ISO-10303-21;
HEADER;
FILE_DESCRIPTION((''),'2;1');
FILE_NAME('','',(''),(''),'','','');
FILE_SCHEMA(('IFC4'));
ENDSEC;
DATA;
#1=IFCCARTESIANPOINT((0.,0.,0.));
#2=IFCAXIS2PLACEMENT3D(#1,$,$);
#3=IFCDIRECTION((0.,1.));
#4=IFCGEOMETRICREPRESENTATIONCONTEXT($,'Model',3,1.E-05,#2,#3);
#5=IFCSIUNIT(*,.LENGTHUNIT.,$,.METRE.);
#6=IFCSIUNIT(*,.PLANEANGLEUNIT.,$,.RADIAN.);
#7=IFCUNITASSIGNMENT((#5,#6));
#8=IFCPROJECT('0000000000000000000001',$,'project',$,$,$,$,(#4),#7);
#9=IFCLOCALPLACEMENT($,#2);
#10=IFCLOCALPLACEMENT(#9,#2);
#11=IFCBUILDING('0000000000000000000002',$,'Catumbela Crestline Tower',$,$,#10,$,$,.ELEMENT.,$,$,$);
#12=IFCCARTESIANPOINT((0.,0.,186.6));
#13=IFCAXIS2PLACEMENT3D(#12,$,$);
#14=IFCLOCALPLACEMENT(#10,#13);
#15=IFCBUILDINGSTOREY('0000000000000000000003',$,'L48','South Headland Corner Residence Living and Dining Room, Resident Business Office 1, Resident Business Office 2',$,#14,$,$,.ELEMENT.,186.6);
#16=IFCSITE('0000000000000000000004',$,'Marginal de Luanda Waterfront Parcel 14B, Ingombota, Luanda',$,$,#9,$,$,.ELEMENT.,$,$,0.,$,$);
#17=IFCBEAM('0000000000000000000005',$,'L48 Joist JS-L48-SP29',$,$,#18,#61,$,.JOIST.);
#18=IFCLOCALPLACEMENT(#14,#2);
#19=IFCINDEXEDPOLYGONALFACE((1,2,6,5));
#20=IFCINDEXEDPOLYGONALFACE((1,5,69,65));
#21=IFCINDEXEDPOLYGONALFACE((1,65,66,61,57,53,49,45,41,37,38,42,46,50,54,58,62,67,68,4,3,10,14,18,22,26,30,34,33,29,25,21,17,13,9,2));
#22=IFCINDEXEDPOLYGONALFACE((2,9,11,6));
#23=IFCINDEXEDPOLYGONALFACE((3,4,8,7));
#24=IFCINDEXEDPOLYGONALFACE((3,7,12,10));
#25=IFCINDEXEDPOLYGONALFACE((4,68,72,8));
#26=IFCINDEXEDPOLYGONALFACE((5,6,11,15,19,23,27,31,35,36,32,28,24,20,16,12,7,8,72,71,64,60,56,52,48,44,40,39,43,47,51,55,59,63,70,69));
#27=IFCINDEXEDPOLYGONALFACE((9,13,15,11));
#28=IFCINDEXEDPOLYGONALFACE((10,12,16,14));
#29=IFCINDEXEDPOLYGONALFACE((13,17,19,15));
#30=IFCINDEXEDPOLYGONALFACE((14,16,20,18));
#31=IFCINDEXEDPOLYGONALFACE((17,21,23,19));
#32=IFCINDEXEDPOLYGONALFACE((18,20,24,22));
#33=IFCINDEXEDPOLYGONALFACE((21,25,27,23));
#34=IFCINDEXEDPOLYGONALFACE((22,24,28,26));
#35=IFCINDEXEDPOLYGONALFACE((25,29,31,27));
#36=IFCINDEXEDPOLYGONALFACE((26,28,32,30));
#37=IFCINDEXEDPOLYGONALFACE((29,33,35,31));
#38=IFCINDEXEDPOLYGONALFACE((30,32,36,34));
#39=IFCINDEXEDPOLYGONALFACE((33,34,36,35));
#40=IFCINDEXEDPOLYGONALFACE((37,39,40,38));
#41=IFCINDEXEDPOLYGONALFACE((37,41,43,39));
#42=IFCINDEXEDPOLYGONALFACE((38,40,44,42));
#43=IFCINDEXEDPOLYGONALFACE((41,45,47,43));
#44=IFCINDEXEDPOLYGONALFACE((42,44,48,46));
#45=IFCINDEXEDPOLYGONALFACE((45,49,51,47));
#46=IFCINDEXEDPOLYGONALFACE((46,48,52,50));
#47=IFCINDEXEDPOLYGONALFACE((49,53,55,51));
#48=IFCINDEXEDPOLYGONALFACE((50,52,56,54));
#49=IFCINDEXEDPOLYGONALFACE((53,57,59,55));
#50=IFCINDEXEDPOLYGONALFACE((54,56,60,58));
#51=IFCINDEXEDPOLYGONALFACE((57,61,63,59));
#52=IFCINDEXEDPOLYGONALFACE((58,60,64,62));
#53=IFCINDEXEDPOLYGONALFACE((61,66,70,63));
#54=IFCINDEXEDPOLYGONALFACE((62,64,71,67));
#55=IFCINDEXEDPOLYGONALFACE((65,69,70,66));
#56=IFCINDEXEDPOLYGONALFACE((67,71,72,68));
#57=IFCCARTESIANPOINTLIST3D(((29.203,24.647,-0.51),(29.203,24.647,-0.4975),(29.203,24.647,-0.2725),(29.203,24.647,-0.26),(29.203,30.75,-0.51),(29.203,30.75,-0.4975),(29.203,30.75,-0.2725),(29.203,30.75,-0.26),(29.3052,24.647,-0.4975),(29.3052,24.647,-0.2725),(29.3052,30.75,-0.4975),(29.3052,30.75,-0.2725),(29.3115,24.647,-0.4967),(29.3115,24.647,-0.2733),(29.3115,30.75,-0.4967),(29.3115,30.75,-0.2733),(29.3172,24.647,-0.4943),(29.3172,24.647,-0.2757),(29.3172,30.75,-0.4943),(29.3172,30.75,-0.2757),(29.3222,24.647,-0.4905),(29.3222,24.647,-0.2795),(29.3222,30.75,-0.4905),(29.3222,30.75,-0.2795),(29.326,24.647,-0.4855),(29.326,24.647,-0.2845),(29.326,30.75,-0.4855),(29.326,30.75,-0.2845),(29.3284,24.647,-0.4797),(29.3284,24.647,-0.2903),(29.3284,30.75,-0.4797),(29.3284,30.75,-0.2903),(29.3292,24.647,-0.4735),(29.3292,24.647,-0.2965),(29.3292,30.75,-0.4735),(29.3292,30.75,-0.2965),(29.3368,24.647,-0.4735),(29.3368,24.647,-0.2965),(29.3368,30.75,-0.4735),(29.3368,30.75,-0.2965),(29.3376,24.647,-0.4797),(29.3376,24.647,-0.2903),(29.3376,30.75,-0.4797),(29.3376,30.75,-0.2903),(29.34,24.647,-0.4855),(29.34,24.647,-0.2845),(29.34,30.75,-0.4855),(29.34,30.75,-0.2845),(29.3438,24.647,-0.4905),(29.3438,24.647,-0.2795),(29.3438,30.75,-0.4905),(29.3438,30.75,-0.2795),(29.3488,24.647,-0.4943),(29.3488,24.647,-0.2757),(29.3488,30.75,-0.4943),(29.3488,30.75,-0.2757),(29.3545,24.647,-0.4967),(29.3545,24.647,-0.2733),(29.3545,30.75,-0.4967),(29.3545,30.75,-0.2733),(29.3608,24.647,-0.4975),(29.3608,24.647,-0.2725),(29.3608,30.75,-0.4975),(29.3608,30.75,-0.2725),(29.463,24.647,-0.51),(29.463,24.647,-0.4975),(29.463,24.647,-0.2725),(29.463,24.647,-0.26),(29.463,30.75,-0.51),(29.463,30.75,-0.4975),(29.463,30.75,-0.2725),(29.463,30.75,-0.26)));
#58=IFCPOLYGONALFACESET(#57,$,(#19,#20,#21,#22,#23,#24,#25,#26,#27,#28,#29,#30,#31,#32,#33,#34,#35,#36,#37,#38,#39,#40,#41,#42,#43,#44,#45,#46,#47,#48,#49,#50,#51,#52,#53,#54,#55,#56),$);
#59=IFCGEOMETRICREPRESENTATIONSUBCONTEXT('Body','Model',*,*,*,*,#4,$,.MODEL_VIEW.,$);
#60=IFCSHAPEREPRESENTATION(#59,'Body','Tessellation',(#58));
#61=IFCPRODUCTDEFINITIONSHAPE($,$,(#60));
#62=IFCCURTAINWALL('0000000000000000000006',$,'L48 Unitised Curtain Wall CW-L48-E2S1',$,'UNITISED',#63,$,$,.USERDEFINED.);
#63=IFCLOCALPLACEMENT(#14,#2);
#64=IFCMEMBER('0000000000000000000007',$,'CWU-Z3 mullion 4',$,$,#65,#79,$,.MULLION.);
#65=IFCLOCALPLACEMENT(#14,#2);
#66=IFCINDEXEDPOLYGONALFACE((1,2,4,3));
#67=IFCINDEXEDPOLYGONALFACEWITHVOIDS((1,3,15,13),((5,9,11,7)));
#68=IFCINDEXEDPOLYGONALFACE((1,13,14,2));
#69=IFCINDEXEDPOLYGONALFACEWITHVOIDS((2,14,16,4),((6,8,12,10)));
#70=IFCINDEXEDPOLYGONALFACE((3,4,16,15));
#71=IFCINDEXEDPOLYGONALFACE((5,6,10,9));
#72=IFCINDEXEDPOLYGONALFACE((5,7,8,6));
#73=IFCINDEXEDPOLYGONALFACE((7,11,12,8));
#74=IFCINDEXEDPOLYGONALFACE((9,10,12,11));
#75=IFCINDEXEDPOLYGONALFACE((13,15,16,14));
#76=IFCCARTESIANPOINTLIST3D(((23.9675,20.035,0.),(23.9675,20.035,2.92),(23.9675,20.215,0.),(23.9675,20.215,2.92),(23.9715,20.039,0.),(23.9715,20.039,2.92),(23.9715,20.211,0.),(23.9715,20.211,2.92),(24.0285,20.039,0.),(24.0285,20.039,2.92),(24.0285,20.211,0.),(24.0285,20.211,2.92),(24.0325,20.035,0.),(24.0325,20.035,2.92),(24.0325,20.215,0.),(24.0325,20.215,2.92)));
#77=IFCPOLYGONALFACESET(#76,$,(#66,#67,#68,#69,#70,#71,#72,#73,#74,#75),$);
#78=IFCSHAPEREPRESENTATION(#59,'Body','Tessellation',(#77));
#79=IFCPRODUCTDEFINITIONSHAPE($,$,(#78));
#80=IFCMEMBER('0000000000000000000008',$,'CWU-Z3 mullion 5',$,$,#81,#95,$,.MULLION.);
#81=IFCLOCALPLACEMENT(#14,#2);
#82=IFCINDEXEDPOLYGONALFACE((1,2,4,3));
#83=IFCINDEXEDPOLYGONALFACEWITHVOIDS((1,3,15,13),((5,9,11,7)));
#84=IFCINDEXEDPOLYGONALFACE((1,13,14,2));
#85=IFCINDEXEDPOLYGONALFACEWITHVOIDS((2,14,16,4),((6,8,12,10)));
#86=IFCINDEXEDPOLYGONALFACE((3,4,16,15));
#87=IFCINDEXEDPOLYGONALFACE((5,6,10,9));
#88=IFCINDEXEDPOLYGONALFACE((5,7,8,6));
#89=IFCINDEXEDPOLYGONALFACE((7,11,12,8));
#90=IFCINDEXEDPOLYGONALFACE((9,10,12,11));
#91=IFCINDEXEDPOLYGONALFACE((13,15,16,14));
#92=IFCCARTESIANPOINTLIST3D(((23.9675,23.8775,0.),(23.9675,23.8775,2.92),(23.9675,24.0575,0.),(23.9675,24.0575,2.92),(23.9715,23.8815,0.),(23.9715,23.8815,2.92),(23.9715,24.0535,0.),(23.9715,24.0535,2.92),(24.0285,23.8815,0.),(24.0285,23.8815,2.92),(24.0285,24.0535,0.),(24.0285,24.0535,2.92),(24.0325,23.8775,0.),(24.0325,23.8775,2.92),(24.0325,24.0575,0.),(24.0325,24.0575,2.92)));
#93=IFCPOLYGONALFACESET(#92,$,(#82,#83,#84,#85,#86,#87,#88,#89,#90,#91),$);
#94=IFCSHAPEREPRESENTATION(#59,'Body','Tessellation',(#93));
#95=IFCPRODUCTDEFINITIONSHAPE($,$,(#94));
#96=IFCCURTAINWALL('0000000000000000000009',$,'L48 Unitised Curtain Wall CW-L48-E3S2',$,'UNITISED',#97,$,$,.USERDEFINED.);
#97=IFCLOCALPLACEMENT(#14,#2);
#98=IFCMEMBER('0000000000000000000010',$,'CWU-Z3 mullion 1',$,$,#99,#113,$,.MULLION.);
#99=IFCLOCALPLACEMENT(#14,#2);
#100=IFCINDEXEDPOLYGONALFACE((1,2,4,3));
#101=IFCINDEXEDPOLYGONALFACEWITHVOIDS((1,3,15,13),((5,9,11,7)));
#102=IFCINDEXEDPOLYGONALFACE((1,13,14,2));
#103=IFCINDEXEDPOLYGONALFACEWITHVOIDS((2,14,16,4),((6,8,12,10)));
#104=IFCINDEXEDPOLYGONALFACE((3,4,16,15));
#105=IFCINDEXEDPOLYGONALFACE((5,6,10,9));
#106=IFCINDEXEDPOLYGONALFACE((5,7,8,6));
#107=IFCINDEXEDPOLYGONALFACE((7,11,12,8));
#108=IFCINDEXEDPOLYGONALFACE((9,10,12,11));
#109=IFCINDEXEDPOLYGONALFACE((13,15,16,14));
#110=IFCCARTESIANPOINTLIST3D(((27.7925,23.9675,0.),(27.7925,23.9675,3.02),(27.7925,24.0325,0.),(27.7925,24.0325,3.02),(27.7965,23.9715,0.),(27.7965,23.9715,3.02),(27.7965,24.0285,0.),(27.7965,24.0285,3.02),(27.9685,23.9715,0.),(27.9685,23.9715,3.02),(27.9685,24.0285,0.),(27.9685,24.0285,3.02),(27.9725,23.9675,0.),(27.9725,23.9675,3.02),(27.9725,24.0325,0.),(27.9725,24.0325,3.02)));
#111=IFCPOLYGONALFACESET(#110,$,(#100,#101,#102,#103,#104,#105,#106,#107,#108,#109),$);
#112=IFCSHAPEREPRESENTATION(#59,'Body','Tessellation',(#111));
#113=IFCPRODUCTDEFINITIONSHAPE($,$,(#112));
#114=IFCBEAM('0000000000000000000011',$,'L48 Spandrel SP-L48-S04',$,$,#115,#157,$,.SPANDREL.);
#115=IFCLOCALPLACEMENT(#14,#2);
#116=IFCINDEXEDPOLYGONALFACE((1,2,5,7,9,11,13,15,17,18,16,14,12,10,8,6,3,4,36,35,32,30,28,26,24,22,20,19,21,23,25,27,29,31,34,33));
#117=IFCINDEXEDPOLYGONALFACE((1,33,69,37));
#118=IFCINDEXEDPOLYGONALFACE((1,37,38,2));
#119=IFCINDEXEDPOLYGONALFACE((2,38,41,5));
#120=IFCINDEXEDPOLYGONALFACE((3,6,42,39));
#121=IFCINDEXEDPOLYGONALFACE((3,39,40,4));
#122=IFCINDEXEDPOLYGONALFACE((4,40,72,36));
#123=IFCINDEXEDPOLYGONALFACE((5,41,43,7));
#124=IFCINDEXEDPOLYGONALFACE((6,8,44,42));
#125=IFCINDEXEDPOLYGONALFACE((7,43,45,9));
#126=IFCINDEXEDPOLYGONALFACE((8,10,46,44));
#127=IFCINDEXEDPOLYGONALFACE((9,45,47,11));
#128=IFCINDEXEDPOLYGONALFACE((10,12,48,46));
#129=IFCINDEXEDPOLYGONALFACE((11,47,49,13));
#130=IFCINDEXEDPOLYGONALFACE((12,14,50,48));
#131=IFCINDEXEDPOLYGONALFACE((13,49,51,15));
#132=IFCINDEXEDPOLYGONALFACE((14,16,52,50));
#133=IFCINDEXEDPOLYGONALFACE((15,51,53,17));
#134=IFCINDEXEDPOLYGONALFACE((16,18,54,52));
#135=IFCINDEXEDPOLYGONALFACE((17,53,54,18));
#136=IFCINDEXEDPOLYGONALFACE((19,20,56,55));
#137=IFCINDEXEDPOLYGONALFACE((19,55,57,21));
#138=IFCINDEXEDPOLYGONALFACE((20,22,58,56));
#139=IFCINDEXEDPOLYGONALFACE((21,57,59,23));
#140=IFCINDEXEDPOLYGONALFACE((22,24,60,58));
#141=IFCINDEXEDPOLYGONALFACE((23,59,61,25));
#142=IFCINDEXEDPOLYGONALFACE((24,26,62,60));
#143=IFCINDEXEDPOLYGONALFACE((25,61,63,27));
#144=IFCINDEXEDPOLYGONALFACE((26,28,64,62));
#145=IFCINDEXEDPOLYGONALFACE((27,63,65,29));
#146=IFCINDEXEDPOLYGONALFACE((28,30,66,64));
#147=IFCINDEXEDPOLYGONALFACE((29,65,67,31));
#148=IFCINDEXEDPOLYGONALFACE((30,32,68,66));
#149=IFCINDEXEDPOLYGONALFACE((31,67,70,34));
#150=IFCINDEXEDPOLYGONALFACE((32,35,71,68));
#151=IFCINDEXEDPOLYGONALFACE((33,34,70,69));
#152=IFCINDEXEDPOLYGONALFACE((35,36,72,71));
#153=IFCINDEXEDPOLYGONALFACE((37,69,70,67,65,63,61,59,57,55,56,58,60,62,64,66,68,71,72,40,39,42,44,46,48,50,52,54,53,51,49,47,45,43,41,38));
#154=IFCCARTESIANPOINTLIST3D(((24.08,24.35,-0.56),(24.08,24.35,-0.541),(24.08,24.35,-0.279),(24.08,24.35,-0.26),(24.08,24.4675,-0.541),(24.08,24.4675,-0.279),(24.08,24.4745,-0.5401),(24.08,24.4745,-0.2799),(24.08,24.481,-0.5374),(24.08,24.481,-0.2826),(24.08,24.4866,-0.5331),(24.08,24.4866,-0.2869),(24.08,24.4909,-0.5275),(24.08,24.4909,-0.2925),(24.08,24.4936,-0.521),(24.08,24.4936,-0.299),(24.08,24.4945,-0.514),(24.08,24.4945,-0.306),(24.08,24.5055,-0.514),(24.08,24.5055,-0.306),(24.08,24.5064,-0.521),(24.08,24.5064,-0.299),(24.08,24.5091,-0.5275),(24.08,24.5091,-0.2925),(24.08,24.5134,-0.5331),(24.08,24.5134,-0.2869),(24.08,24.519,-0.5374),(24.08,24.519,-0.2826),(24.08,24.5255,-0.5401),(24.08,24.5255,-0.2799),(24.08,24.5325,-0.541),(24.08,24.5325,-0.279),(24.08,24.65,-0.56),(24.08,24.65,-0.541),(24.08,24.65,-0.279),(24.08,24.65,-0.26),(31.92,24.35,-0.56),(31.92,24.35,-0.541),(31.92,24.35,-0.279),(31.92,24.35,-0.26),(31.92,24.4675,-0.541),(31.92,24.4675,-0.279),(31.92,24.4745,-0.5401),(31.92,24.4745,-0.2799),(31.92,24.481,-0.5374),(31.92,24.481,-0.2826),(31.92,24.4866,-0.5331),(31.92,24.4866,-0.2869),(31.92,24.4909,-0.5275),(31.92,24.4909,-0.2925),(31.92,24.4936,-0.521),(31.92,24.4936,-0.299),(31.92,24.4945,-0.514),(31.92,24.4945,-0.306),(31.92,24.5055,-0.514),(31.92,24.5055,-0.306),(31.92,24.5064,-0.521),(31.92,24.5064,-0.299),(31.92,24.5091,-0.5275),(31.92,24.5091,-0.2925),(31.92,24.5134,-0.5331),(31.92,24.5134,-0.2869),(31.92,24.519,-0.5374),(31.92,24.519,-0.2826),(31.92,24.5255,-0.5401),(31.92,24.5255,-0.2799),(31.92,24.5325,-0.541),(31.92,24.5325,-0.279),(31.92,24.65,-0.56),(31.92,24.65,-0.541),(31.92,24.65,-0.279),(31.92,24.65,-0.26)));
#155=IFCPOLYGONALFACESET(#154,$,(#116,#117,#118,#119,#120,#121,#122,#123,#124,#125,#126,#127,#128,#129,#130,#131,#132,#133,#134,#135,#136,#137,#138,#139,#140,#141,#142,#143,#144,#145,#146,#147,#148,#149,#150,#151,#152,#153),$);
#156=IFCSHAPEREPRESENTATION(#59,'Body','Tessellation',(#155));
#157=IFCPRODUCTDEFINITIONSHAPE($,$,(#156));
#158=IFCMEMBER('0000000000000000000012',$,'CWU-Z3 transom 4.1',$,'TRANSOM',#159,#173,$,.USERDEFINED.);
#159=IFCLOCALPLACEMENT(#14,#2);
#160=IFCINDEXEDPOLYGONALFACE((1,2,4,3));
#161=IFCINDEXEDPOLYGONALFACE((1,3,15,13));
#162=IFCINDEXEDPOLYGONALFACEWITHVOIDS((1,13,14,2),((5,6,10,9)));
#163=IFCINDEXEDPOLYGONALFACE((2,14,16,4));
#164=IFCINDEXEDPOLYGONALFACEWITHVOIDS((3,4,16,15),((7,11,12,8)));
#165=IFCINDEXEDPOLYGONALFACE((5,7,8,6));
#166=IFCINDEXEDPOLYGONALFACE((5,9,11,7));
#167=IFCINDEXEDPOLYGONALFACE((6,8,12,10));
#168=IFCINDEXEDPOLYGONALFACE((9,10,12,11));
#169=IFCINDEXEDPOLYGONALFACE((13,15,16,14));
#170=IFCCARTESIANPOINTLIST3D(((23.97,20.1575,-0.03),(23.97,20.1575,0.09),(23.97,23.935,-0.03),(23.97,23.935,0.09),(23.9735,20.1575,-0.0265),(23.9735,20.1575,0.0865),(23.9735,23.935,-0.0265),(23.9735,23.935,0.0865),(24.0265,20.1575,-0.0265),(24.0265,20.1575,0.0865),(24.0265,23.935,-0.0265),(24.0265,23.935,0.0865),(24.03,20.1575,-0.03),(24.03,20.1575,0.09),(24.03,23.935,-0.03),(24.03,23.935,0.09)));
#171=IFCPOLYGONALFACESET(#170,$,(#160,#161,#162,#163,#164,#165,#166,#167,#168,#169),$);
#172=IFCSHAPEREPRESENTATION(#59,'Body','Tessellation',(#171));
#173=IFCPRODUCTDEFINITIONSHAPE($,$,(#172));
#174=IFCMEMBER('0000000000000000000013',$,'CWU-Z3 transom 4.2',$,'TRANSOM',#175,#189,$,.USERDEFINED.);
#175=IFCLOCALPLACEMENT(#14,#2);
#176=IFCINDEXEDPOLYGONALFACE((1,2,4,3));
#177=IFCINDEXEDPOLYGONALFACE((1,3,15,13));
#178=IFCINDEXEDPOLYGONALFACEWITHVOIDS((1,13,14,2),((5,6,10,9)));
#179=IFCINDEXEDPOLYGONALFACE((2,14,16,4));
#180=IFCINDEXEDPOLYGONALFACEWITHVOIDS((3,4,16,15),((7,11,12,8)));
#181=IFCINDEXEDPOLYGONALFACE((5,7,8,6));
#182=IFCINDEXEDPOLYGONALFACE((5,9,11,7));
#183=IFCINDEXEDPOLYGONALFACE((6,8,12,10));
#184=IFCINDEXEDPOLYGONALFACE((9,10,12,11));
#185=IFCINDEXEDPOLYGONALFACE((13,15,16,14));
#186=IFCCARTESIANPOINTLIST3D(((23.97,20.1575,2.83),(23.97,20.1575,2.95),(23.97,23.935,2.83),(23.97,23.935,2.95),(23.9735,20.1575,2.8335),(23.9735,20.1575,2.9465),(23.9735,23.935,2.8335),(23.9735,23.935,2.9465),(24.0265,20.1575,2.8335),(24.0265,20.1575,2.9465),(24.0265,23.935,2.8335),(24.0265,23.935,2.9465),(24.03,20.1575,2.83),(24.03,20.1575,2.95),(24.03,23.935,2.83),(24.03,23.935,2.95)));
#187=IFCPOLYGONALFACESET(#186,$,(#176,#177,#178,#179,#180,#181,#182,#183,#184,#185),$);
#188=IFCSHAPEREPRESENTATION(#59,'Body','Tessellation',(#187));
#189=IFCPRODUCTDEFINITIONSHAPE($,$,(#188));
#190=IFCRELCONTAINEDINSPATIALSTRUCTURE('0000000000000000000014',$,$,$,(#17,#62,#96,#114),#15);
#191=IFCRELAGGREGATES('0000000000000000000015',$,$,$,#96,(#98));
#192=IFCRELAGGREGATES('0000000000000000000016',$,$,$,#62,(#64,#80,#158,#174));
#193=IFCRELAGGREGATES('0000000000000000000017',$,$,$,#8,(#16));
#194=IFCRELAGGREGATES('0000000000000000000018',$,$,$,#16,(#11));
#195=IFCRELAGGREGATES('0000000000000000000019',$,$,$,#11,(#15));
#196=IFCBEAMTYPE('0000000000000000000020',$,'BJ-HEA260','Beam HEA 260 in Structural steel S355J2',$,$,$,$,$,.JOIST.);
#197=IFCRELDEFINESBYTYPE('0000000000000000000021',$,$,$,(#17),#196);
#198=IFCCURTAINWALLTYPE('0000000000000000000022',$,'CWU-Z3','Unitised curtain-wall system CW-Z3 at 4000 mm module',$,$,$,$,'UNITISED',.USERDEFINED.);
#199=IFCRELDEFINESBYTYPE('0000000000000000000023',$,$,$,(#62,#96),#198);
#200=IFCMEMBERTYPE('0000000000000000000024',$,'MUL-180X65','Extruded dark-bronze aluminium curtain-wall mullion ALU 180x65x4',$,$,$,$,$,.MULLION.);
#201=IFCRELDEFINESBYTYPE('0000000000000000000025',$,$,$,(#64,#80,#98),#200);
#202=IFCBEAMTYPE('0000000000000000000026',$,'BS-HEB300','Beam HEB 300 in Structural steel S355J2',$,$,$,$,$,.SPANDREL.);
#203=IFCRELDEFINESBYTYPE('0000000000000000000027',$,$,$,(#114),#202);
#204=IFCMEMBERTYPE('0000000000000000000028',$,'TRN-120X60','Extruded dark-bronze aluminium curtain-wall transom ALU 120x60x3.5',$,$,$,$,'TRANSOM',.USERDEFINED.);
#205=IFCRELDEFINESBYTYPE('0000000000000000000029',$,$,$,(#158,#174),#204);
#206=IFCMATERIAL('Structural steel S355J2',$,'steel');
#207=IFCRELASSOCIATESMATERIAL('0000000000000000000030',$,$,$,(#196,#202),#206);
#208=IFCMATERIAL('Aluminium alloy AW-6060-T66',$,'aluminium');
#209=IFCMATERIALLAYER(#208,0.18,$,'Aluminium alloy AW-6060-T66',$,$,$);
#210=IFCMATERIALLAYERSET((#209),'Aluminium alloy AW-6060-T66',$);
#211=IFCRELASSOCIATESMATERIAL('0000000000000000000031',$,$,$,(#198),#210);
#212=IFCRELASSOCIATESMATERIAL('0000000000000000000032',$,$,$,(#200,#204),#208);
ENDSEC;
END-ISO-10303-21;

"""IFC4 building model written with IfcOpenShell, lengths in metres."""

from ifc_helpers import new_model, si_unit, direction, frame, origin, origin_2d, place, context, subcontext, project, spatial, hollow_rectangle, i_section, extrude, material, layer, layer_set, material_profile, profile_set, type_object, element, aggregate, save


model = new_model("IFC4")

# Units and contexts
model_context = context("Model", 3, precision=1e-05, world=origin(), true_north=direction((0.0, 1.0)))
body_context = subcontext(model_context, "Body", "Model", "MODEL_VIEW")
ifc_project = project(units=[si_unit("LENGTHUNIT", "METRE"), si_unit("PLANEANGLEUNIT", "RADIAN")], contexts=[model_context])

# Site, building, storey
site_placement = place(None, origin())
site = spatial("IfcSite", under=ifc_project, at=site_placement, Name="Marginal de Luanda Waterfront Parcel 14B, Ingombota, Luanda", CompositionType="ELEMENT", RefElevation=0.0)
building_placement = place(site_placement, origin())
building = spatial("IfcBuilding", under=site, at=building_placement, Name="Catumbela Crestline Tower", CompositionType="ELEMENT")
storey_placement = place(building_placement, frame((0.0, 0.0, 186.6)))
storey = spatial("IfcBuildingStorey", under=building, at=storey_placement, Name="L48", Description="South Headland Corner Residence Living and Dining Room, Resident Business Office 1, Resident Business Office 2", CompositionType="ELEMENT", Elevation=186.6)

# Beam
ifc_material_1 = material(Name="Structural steel S355J2", Category="steel")
ifc_material_profile_1 = material_profile(ifc_material_1, i_section(OverallWidth=0.26, OverallDepth=0.25, WebThickness=0.0075, FlangeThickness=0.0125, FilletRadius=0.024, at=origin_2d()), Name="HEA 260")
ifc_profile_set_1 = profile_set([ifc_material_profile_1], Name="Structural steel S355J2")
beam_type_1 = type_object("IfcBeamType", Name="BJ-HEA260", Description="Beam HEA 260 in Structural steel S355J2", PredefinedType="JOIST", material=ifc_profile_set_1)
for number, where, z_axis, x_axis, name in (
    (1, (29.333, 24.647, -0.385), (0.0, 1.0, 0.0), (-1.0, 0.0, 0.0), "L48 Joist JS-L48-SP29"),
):
    element("IfcBeam", number, at=place(storey_placement, frame(where, z_axis=z_axis, x_axis=x_axis)), inside=storey, type_object=beam_type_1, Name=name, PredefinedType="JOIST", context=body_context, shape_type="SweptSolid", body=[
        extrude(i_section(OverallWidth=0.26, OverallDepth=0.25, WebThickness=0.0075, FlangeThickness=0.0125, FilletRadius=0.024, at=origin_2d()), origin(), (0.0, 0.0, 1.0), 6.103),
    ])

# Curtain wall, members
ifc_material_2 = material(Name="Aluminium alloy AW-6060-T66", Category="aluminium")
ifc_layer_1 = layer(ifc_material_2, 0.18, Name="Aluminium alloy AW-6060-T66")
ifc_layer_set_1 = layer_set([ifc_layer_1], Name="Aluminium alloy AW-6060-T66")
curtain_wall_type = type_object("IfcCurtainWallType", Name="CWU-Z3", Description="Unitised curtain-wall system CW-Z3 at 4000 mm module", ElementType="UNITISED", PredefinedType="USERDEFINED", material=ifc_layer_set_1)
curtain_wall_1_placement = place(storey_placement, origin())
curtain_wall_1 = element("IfcCurtainWall", 2, at=curtain_wall_1_placement, inside=storey, type_object=curtain_wall_type, Name="L48 Unitised Curtain Wall CW-L48-E2S1", ObjectType="UNITISED", PredefinedType="USERDEFINED")
ifc_material_profile_2 = material_profile(ifc_material_2, hollow_rectangle(XDim=0.065, YDim=0.18, WallThickness=0.004, at=origin_2d()), Name="ALU 180x65x4")
ifc_profile_set_2 = profile_set([ifc_material_profile_2], Name="Aluminium alloy AW-6060-T66")
member_type_1 = type_object("IfcMemberType", Name="MUL-180X65", Description="Extruded dark-bronze aluminium curtain-wall mullion ALU 180x65x4", PredefinedType="MULLION", material=ifc_profile_set_2)
member_1_placement = place(storey_placement, frame((24.0, 20.125, 0.0), z_axis=(0.0, 0.0, 1.0), x_axis=(-1.0, 0.0, 0.0)))
member_1 = element("IfcMember", 3, at=member_1_placement, type_object=member_type_1, Name="CWU-Z3 mullion 4", PredefinedType="MULLION", context=body_context, shape_type="SweptSolid", body=[
    extrude(hollow_rectangle(XDim=0.065, YDim=0.18, WallThickness=0.004, at=origin_2d()), origin(), (0.0, 0.0, 1.0), 2.92),
])
member_2_placement = place(storey_placement, frame((24.0, 23.9675, 0.0), z_axis=(0.0, 0.0, 1.0), x_axis=(-1.0, 0.0, 0.0)))
member_2 = element("IfcMember", 4, at=member_2_placement, type_object=member_type_1, Name="CWU-Z3 mullion 5", PredefinedType="MULLION", context=body_context, shape_type="SweptSolid", body=[
    extrude(hollow_rectangle(XDim=0.065, YDim=0.18, WallThickness=0.004, at=origin_2d()), origin(), (0.0, 0.0, 1.0), 2.92),
])

# Curtain wall, member
curtain_wall_2_placement = place(storey_placement, origin())
curtain_wall_2 = element("IfcCurtainWall", 5, at=curtain_wall_2_placement, inside=storey, type_object=curtain_wall_type, Name="L48 Unitised Curtain Wall CW-L48-E3S2", ObjectType="UNITISED", PredefinedType="USERDEFINED")
member_3_placement = place(storey_placement, frame((27.8825, 24.0, 0.0), z_axis=(0.0, 0.0, 1.0), x_axis=(0.0, 1.0, 0.0)))
member_3 = element("IfcMember", 6, at=member_3_placement, type_object=member_type_1, Name="CWU-Z3 mullion 1", PredefinedType="MULLION", context=body_context, shape_type="SweptSolid", body=[
    extrude(hollow_rectangle(XDim=0.065, YDim=0.18, WallThickness=0.004, at=origin_2d()), origin(), (0.0, 0.0, 1.0), 3.02),
])

# Beam
ifc_material_profile_3 = material_profile(ifc_material_1, i_section(OverallWidth=0.3, OverallDepth=0.3, WebThickness=0.011, FlangeThickness=0.019, FilletRadius=0.027, at=origin_2d()), Name="HEB 300")
ifc_profile_set_3 = profile_set([ifc_material_profile_3], Name="Structural steel S355J2")
beam_type_2 = type_object("IfcBeamType", Name="BS-HEB300", Description="Beam HEB 300 in Structural steel S355J2", PredefinedType="SPANDREL", material=ifc_profile_set_3)
beam_1_placement = place(storey_placement, frame((24.08, 24.5, -0.41), z_axis=(1.0, 0.0, 0.0), x_axis=(0.0, 1.0, 0.0)))
element("IfcBeam", 7, at=beam_1_placement, inside=storey, type_object=beam_type_2, Name="L48 Spandrel SP-L48-S04", PredefinedType="SPANDREL", context=body_context, shape_type="SweptSolid", body=[
    extrude(i_section(OverallWidth=0.3, OverallDepth=0.3, WebThickness=0.011, FlangeThickness=0.019, FilletRadius=0.027, at=origin_2d()), origin(), (0.0, 0.0, 1.0), 7.84),
])

# Members
ifc_material_profile_4 = material_profile(ifc_material_2, hollow_rectangle(XDim=0.06, YDim=0.12, WallThickness=0.0035, at=origin_2d()), Name="ALU 120x60x3.5")
ifc_profile_set_4 = profile_set([ifc_material_profile_4], Name="Aluminium alloy AW-6060-T66")
member_type_2 = type_object("IfcMemberType", Name="TRN-120X60", Description="Extruded dark-bronze aluminium curtain-wall transom ALU 120x60x3.5", ElementType="TRANSOM", PredefinedType="USERDEFINED", material=ifc_profile_set_4)
member_4_placement = place(storey_placement, frame((24.0, 20.1575, 0.03), z_axis=(0.0, 1.0, 0.0), x_axis=(-1.0, 0.0, 0.0)))
member_4 = element("IfcMember", 8, at=member_4_placement, type_object=member_type_2, Name="CWU-Z3 transom 4.1", ObjectType="TRANSOM", PredefinedType="USERDEFINED", context=body_context, shape_type="SweptSolid", body=[
    extrude(hollow_rectangle(XDim=0.06, YDim=0.12, WallThickness=0.0035, at=origin_2d()), origin(), (0.0, 0.0, 1.0), 3.7775),
])
member_5_placement = place(storey_placement, frame((24.0, 20.1575, 2.89), z_axis=(0.0, 1.0, 0.0), x_axis=(-1.0, 0.0, 0.0)))
member_5 = element("IfcMember", 9, at=member_5_placement, type_object=member_type_2, Name="CWU-Z3 transom 4.2", ObjectType="TRANSOM", PredefinedType="USERDEFINED", context=body_context, shape_type="SweptSolid", body=[
    extrude(hollow_rectangle(XDim=0.06, YDim=0.12, WallThickness=0.0035, at=origin_2d()), origin(), (0.0, 0.0, 1.0), 3.7775),
])
aggregate(curtain_wall_2, [member_3])

aggregate(curtain_wall_1, [member_1, member_2, member_4, member_5])

save(model, "model.ifc")
